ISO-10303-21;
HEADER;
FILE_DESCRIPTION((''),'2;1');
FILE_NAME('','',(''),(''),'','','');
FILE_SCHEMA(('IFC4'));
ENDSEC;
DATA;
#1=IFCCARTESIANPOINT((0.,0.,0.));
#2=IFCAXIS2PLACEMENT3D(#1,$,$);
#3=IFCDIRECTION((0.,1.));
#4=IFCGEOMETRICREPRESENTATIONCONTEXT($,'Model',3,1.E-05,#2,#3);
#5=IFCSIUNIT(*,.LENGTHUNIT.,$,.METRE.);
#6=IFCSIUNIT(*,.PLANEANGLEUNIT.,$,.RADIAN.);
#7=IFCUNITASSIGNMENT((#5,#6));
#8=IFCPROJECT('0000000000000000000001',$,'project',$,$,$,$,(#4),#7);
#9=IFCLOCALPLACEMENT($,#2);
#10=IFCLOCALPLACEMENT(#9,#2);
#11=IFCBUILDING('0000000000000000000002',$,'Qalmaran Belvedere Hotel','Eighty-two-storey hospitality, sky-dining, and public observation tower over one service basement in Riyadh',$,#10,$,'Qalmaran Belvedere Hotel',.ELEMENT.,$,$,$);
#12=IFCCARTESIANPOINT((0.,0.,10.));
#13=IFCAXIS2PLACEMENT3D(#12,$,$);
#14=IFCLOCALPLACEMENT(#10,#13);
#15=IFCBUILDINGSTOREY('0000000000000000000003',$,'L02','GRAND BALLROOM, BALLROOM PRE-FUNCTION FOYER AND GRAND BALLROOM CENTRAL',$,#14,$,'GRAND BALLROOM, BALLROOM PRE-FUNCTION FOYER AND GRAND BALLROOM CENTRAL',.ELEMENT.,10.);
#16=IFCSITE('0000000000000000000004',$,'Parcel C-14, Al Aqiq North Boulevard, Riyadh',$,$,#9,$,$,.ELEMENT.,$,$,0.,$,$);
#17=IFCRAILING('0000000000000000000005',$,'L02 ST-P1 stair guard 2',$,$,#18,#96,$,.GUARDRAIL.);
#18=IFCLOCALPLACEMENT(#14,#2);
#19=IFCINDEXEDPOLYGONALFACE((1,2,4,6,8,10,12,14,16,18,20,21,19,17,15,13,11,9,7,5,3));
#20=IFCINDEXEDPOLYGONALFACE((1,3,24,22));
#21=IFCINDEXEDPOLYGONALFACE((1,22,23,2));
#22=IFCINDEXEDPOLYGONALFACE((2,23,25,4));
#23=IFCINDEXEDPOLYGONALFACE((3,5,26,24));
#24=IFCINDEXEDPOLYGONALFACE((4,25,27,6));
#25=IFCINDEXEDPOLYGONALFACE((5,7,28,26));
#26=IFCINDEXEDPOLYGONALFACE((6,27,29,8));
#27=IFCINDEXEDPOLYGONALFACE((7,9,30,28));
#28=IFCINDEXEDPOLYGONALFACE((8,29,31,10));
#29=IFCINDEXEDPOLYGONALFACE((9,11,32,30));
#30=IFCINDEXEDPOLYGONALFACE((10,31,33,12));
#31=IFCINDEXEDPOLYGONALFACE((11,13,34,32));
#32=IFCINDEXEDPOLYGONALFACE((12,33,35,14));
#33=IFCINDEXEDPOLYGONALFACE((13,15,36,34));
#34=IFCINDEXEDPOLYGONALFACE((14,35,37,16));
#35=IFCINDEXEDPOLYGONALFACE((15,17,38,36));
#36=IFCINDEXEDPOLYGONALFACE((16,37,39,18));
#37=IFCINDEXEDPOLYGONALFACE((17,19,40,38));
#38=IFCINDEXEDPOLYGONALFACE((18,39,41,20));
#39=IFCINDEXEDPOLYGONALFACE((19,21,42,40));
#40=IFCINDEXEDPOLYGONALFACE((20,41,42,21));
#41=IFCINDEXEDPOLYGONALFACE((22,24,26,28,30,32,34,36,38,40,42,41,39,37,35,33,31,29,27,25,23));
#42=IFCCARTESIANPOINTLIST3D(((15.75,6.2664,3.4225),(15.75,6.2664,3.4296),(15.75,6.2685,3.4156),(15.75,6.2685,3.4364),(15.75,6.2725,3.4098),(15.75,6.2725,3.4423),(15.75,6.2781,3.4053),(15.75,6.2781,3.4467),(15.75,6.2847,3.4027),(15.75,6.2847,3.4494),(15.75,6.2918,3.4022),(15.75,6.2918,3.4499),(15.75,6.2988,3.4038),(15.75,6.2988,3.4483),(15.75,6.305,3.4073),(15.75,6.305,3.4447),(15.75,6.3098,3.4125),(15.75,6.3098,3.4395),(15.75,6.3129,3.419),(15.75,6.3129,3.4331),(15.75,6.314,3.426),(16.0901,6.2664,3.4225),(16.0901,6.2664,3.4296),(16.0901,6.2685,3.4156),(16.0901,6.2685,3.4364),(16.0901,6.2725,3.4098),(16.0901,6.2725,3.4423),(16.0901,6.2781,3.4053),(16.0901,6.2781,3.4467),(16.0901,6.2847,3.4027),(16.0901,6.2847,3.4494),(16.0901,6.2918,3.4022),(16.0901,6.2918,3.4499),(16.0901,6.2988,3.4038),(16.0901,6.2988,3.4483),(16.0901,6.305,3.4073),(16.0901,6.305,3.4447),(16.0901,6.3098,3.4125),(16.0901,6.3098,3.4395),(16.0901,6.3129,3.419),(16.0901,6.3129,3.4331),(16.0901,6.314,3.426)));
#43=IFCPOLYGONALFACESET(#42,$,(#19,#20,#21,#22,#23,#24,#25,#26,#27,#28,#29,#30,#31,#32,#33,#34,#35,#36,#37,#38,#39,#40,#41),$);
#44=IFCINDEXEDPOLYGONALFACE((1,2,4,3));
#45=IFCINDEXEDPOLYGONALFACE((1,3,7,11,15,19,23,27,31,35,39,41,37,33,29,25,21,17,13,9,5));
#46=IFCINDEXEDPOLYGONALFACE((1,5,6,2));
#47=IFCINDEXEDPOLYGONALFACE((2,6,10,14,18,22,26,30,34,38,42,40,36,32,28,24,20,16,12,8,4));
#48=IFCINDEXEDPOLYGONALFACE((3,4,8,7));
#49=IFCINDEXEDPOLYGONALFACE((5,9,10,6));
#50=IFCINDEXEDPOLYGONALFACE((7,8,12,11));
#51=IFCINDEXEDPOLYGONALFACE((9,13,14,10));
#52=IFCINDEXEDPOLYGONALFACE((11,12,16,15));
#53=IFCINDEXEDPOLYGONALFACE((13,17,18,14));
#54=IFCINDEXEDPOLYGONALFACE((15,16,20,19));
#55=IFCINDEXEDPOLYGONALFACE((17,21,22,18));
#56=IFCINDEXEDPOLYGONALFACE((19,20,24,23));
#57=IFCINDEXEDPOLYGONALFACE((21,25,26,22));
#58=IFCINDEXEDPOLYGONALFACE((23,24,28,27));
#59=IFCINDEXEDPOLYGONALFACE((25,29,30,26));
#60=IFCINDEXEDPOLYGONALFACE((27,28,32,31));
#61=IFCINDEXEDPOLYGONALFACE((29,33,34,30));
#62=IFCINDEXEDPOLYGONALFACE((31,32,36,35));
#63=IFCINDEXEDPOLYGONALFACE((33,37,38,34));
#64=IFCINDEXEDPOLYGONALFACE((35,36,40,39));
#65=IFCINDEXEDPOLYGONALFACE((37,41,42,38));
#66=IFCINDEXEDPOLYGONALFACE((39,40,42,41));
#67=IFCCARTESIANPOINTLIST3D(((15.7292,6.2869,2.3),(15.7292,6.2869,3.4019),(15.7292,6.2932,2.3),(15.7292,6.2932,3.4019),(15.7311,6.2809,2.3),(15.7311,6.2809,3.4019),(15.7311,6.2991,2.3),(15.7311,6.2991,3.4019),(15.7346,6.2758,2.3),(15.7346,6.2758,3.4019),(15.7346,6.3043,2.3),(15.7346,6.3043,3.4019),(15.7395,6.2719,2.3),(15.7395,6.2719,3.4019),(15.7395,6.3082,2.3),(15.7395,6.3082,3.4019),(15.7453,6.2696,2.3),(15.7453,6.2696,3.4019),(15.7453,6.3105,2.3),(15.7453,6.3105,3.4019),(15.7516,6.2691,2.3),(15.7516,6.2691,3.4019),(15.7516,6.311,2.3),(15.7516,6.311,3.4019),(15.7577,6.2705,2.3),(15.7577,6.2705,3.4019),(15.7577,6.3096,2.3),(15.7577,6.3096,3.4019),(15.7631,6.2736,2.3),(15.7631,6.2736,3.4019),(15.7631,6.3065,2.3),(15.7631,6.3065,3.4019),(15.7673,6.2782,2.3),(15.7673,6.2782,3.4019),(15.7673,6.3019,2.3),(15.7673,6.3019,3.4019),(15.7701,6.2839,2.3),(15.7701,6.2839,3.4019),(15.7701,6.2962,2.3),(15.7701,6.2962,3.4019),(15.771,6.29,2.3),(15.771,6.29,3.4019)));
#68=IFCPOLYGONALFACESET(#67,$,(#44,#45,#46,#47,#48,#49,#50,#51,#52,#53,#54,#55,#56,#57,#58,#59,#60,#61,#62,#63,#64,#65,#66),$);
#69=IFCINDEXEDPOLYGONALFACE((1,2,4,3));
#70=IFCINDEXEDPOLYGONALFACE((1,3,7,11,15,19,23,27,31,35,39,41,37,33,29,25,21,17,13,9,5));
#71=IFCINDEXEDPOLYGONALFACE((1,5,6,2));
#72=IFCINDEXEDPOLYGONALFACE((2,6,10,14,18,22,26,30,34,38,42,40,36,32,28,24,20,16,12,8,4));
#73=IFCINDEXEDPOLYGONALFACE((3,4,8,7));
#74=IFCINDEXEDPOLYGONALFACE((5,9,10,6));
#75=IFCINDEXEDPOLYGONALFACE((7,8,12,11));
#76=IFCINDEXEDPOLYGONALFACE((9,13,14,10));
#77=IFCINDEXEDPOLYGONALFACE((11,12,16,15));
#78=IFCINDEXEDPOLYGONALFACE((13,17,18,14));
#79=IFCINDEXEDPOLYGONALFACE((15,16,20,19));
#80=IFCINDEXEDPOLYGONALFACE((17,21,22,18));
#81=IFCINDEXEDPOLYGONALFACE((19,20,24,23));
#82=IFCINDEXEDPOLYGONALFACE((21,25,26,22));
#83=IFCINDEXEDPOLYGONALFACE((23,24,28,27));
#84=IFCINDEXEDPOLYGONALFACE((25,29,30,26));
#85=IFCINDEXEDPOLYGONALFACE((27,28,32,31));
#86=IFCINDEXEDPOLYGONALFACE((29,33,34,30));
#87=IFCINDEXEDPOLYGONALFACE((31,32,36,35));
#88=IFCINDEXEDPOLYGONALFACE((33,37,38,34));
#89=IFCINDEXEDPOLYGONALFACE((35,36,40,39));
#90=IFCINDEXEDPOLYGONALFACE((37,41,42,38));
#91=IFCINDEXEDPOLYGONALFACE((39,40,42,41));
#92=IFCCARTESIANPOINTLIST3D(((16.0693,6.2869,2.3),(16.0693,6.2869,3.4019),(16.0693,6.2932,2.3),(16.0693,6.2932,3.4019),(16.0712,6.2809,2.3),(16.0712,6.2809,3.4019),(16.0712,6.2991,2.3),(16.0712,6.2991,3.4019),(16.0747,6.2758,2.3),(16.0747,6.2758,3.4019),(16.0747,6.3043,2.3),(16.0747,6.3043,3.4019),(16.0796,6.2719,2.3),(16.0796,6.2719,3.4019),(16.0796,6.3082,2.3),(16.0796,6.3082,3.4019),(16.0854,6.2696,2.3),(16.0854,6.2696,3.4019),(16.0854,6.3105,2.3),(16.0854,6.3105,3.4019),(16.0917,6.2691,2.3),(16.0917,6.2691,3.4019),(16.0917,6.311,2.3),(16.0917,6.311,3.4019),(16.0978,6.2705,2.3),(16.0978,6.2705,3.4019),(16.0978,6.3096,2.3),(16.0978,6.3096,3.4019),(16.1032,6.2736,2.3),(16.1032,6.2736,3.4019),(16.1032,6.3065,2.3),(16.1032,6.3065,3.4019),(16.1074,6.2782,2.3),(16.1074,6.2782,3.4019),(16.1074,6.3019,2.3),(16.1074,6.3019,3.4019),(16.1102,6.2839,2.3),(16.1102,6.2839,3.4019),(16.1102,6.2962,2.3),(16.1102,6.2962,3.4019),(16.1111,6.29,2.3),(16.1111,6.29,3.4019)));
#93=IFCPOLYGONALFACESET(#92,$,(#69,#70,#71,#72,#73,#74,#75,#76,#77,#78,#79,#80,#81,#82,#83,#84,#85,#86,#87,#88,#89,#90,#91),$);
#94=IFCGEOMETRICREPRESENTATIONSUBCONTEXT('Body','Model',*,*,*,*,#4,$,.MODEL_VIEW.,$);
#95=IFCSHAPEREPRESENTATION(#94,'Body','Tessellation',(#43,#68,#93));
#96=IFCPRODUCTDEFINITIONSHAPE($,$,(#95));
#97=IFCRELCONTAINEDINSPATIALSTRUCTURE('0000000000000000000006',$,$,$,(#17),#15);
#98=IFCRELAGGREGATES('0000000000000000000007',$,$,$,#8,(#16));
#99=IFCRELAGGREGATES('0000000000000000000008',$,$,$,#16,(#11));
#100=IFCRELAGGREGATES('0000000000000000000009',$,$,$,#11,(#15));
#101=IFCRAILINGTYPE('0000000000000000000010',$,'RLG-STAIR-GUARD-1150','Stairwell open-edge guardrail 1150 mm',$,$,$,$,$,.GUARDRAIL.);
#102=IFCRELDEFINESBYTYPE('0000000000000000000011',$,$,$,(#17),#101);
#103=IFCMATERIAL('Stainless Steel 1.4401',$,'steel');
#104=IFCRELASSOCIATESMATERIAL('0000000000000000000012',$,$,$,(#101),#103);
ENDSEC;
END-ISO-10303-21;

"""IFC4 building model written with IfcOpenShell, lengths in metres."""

from ifc_helpers import new_model, si_unit, direction, frame, origin, origin_2d, place, context, subcontext, project, spatial, circle, extrude, material, type_object, element, save


model = new_model("IFC4")

# Units and contexts
model_context = context("Model", 3, precision=1e-05, world=origin(), true_north=direction((0.0, 1.0)))
body_context = subcontext(model_context, "Body", "Model", "MODEL_VIEW")
ifc_project = project(units=[si_unit("LENGTHUNIT", "METRE"), si_unit("PLANEANGLEUNIT", "RADIAN")], contexts=[model_context])

# Site, building, storey
site_placement = place(None, origin())
site = spatial("IfcSite", under=ifc_project, at=site_placement, Name="Parcel C-14, Al Aqiq North Boulevard, Riyadh", CompositionType="ELEMENT", RefElevation=0.0)
building_placement = place(site_placement, origin())
building = spatial("IfcBuilding", under=site, at=building_placement, Name="Qalmaran Belvedere Hotel", Description="Eighty-two-storey hospitality, sky-dining, and public observation tower over one service basement in Riyadh", LongName="Qalmaran Belvedere Hotel", CompositionType="ELEMENT")
storey_placement = place(building_placement, frame((0.0, 0.0, 10.0)))
storey = spatial("IfcBuildingStorey", under=building, at=storey_placement, Name="L02", Description="GRAND BALLROOM, BALLROOM PRE-FUNCTION FOYER AND GRAND BALLROOM CENTRAL", LongName="GRAND BALLROOM, BALLROOM PRE-FUNCTION FOYER AND GRAND BALLROOM CENTRAL", CompositionType="ELEMENT", Elevation=10.0)

# Railing
ifc_material_1 = material(Name="Stainless Steel 1.4401", Category="steel")
railing_type_1 = type_object("IfcRailingType", Name="RLG-STAIR-GUARD-1150", Description="Stairwell open-edge guardrail 1150 mm", PredefinedType="GUARDRAIL", material=ifc_material_1)
railing_1_placement = place(storey_placement, frame((15.75, 6.29, 2.3)))
element("IfcRailing", 1, at=railing_1_placement, inside=storey, type_object=railing_type_1, Name="L02 ST-P1 stair guard 2", PredefinedType="GUARDRAIL", context=body_context, shape_type="SweptSolid", body=[
    extrude(circle(Radius=0.0239, at=origin_2d()), frame((0.0, 0.0, 1.126), z_axis=(1.0, 0.0, 0.0), x_axis=(0.0, 1.0, 0.0)), (0.0, 0.0, 1.0), 0.3401),
    extrude(circle(Radius=0.021, at=origin_2d()), origin(), (0.0, 0.0, 1.0), 1.1018),
    extrude(circle(Radius=0.021, at=origin_2d()), frame((0.3401, 0.0, 0.0)), (0.0, 0.0, 1.0), 1.1018),
])

save(model, "model.ifc")
